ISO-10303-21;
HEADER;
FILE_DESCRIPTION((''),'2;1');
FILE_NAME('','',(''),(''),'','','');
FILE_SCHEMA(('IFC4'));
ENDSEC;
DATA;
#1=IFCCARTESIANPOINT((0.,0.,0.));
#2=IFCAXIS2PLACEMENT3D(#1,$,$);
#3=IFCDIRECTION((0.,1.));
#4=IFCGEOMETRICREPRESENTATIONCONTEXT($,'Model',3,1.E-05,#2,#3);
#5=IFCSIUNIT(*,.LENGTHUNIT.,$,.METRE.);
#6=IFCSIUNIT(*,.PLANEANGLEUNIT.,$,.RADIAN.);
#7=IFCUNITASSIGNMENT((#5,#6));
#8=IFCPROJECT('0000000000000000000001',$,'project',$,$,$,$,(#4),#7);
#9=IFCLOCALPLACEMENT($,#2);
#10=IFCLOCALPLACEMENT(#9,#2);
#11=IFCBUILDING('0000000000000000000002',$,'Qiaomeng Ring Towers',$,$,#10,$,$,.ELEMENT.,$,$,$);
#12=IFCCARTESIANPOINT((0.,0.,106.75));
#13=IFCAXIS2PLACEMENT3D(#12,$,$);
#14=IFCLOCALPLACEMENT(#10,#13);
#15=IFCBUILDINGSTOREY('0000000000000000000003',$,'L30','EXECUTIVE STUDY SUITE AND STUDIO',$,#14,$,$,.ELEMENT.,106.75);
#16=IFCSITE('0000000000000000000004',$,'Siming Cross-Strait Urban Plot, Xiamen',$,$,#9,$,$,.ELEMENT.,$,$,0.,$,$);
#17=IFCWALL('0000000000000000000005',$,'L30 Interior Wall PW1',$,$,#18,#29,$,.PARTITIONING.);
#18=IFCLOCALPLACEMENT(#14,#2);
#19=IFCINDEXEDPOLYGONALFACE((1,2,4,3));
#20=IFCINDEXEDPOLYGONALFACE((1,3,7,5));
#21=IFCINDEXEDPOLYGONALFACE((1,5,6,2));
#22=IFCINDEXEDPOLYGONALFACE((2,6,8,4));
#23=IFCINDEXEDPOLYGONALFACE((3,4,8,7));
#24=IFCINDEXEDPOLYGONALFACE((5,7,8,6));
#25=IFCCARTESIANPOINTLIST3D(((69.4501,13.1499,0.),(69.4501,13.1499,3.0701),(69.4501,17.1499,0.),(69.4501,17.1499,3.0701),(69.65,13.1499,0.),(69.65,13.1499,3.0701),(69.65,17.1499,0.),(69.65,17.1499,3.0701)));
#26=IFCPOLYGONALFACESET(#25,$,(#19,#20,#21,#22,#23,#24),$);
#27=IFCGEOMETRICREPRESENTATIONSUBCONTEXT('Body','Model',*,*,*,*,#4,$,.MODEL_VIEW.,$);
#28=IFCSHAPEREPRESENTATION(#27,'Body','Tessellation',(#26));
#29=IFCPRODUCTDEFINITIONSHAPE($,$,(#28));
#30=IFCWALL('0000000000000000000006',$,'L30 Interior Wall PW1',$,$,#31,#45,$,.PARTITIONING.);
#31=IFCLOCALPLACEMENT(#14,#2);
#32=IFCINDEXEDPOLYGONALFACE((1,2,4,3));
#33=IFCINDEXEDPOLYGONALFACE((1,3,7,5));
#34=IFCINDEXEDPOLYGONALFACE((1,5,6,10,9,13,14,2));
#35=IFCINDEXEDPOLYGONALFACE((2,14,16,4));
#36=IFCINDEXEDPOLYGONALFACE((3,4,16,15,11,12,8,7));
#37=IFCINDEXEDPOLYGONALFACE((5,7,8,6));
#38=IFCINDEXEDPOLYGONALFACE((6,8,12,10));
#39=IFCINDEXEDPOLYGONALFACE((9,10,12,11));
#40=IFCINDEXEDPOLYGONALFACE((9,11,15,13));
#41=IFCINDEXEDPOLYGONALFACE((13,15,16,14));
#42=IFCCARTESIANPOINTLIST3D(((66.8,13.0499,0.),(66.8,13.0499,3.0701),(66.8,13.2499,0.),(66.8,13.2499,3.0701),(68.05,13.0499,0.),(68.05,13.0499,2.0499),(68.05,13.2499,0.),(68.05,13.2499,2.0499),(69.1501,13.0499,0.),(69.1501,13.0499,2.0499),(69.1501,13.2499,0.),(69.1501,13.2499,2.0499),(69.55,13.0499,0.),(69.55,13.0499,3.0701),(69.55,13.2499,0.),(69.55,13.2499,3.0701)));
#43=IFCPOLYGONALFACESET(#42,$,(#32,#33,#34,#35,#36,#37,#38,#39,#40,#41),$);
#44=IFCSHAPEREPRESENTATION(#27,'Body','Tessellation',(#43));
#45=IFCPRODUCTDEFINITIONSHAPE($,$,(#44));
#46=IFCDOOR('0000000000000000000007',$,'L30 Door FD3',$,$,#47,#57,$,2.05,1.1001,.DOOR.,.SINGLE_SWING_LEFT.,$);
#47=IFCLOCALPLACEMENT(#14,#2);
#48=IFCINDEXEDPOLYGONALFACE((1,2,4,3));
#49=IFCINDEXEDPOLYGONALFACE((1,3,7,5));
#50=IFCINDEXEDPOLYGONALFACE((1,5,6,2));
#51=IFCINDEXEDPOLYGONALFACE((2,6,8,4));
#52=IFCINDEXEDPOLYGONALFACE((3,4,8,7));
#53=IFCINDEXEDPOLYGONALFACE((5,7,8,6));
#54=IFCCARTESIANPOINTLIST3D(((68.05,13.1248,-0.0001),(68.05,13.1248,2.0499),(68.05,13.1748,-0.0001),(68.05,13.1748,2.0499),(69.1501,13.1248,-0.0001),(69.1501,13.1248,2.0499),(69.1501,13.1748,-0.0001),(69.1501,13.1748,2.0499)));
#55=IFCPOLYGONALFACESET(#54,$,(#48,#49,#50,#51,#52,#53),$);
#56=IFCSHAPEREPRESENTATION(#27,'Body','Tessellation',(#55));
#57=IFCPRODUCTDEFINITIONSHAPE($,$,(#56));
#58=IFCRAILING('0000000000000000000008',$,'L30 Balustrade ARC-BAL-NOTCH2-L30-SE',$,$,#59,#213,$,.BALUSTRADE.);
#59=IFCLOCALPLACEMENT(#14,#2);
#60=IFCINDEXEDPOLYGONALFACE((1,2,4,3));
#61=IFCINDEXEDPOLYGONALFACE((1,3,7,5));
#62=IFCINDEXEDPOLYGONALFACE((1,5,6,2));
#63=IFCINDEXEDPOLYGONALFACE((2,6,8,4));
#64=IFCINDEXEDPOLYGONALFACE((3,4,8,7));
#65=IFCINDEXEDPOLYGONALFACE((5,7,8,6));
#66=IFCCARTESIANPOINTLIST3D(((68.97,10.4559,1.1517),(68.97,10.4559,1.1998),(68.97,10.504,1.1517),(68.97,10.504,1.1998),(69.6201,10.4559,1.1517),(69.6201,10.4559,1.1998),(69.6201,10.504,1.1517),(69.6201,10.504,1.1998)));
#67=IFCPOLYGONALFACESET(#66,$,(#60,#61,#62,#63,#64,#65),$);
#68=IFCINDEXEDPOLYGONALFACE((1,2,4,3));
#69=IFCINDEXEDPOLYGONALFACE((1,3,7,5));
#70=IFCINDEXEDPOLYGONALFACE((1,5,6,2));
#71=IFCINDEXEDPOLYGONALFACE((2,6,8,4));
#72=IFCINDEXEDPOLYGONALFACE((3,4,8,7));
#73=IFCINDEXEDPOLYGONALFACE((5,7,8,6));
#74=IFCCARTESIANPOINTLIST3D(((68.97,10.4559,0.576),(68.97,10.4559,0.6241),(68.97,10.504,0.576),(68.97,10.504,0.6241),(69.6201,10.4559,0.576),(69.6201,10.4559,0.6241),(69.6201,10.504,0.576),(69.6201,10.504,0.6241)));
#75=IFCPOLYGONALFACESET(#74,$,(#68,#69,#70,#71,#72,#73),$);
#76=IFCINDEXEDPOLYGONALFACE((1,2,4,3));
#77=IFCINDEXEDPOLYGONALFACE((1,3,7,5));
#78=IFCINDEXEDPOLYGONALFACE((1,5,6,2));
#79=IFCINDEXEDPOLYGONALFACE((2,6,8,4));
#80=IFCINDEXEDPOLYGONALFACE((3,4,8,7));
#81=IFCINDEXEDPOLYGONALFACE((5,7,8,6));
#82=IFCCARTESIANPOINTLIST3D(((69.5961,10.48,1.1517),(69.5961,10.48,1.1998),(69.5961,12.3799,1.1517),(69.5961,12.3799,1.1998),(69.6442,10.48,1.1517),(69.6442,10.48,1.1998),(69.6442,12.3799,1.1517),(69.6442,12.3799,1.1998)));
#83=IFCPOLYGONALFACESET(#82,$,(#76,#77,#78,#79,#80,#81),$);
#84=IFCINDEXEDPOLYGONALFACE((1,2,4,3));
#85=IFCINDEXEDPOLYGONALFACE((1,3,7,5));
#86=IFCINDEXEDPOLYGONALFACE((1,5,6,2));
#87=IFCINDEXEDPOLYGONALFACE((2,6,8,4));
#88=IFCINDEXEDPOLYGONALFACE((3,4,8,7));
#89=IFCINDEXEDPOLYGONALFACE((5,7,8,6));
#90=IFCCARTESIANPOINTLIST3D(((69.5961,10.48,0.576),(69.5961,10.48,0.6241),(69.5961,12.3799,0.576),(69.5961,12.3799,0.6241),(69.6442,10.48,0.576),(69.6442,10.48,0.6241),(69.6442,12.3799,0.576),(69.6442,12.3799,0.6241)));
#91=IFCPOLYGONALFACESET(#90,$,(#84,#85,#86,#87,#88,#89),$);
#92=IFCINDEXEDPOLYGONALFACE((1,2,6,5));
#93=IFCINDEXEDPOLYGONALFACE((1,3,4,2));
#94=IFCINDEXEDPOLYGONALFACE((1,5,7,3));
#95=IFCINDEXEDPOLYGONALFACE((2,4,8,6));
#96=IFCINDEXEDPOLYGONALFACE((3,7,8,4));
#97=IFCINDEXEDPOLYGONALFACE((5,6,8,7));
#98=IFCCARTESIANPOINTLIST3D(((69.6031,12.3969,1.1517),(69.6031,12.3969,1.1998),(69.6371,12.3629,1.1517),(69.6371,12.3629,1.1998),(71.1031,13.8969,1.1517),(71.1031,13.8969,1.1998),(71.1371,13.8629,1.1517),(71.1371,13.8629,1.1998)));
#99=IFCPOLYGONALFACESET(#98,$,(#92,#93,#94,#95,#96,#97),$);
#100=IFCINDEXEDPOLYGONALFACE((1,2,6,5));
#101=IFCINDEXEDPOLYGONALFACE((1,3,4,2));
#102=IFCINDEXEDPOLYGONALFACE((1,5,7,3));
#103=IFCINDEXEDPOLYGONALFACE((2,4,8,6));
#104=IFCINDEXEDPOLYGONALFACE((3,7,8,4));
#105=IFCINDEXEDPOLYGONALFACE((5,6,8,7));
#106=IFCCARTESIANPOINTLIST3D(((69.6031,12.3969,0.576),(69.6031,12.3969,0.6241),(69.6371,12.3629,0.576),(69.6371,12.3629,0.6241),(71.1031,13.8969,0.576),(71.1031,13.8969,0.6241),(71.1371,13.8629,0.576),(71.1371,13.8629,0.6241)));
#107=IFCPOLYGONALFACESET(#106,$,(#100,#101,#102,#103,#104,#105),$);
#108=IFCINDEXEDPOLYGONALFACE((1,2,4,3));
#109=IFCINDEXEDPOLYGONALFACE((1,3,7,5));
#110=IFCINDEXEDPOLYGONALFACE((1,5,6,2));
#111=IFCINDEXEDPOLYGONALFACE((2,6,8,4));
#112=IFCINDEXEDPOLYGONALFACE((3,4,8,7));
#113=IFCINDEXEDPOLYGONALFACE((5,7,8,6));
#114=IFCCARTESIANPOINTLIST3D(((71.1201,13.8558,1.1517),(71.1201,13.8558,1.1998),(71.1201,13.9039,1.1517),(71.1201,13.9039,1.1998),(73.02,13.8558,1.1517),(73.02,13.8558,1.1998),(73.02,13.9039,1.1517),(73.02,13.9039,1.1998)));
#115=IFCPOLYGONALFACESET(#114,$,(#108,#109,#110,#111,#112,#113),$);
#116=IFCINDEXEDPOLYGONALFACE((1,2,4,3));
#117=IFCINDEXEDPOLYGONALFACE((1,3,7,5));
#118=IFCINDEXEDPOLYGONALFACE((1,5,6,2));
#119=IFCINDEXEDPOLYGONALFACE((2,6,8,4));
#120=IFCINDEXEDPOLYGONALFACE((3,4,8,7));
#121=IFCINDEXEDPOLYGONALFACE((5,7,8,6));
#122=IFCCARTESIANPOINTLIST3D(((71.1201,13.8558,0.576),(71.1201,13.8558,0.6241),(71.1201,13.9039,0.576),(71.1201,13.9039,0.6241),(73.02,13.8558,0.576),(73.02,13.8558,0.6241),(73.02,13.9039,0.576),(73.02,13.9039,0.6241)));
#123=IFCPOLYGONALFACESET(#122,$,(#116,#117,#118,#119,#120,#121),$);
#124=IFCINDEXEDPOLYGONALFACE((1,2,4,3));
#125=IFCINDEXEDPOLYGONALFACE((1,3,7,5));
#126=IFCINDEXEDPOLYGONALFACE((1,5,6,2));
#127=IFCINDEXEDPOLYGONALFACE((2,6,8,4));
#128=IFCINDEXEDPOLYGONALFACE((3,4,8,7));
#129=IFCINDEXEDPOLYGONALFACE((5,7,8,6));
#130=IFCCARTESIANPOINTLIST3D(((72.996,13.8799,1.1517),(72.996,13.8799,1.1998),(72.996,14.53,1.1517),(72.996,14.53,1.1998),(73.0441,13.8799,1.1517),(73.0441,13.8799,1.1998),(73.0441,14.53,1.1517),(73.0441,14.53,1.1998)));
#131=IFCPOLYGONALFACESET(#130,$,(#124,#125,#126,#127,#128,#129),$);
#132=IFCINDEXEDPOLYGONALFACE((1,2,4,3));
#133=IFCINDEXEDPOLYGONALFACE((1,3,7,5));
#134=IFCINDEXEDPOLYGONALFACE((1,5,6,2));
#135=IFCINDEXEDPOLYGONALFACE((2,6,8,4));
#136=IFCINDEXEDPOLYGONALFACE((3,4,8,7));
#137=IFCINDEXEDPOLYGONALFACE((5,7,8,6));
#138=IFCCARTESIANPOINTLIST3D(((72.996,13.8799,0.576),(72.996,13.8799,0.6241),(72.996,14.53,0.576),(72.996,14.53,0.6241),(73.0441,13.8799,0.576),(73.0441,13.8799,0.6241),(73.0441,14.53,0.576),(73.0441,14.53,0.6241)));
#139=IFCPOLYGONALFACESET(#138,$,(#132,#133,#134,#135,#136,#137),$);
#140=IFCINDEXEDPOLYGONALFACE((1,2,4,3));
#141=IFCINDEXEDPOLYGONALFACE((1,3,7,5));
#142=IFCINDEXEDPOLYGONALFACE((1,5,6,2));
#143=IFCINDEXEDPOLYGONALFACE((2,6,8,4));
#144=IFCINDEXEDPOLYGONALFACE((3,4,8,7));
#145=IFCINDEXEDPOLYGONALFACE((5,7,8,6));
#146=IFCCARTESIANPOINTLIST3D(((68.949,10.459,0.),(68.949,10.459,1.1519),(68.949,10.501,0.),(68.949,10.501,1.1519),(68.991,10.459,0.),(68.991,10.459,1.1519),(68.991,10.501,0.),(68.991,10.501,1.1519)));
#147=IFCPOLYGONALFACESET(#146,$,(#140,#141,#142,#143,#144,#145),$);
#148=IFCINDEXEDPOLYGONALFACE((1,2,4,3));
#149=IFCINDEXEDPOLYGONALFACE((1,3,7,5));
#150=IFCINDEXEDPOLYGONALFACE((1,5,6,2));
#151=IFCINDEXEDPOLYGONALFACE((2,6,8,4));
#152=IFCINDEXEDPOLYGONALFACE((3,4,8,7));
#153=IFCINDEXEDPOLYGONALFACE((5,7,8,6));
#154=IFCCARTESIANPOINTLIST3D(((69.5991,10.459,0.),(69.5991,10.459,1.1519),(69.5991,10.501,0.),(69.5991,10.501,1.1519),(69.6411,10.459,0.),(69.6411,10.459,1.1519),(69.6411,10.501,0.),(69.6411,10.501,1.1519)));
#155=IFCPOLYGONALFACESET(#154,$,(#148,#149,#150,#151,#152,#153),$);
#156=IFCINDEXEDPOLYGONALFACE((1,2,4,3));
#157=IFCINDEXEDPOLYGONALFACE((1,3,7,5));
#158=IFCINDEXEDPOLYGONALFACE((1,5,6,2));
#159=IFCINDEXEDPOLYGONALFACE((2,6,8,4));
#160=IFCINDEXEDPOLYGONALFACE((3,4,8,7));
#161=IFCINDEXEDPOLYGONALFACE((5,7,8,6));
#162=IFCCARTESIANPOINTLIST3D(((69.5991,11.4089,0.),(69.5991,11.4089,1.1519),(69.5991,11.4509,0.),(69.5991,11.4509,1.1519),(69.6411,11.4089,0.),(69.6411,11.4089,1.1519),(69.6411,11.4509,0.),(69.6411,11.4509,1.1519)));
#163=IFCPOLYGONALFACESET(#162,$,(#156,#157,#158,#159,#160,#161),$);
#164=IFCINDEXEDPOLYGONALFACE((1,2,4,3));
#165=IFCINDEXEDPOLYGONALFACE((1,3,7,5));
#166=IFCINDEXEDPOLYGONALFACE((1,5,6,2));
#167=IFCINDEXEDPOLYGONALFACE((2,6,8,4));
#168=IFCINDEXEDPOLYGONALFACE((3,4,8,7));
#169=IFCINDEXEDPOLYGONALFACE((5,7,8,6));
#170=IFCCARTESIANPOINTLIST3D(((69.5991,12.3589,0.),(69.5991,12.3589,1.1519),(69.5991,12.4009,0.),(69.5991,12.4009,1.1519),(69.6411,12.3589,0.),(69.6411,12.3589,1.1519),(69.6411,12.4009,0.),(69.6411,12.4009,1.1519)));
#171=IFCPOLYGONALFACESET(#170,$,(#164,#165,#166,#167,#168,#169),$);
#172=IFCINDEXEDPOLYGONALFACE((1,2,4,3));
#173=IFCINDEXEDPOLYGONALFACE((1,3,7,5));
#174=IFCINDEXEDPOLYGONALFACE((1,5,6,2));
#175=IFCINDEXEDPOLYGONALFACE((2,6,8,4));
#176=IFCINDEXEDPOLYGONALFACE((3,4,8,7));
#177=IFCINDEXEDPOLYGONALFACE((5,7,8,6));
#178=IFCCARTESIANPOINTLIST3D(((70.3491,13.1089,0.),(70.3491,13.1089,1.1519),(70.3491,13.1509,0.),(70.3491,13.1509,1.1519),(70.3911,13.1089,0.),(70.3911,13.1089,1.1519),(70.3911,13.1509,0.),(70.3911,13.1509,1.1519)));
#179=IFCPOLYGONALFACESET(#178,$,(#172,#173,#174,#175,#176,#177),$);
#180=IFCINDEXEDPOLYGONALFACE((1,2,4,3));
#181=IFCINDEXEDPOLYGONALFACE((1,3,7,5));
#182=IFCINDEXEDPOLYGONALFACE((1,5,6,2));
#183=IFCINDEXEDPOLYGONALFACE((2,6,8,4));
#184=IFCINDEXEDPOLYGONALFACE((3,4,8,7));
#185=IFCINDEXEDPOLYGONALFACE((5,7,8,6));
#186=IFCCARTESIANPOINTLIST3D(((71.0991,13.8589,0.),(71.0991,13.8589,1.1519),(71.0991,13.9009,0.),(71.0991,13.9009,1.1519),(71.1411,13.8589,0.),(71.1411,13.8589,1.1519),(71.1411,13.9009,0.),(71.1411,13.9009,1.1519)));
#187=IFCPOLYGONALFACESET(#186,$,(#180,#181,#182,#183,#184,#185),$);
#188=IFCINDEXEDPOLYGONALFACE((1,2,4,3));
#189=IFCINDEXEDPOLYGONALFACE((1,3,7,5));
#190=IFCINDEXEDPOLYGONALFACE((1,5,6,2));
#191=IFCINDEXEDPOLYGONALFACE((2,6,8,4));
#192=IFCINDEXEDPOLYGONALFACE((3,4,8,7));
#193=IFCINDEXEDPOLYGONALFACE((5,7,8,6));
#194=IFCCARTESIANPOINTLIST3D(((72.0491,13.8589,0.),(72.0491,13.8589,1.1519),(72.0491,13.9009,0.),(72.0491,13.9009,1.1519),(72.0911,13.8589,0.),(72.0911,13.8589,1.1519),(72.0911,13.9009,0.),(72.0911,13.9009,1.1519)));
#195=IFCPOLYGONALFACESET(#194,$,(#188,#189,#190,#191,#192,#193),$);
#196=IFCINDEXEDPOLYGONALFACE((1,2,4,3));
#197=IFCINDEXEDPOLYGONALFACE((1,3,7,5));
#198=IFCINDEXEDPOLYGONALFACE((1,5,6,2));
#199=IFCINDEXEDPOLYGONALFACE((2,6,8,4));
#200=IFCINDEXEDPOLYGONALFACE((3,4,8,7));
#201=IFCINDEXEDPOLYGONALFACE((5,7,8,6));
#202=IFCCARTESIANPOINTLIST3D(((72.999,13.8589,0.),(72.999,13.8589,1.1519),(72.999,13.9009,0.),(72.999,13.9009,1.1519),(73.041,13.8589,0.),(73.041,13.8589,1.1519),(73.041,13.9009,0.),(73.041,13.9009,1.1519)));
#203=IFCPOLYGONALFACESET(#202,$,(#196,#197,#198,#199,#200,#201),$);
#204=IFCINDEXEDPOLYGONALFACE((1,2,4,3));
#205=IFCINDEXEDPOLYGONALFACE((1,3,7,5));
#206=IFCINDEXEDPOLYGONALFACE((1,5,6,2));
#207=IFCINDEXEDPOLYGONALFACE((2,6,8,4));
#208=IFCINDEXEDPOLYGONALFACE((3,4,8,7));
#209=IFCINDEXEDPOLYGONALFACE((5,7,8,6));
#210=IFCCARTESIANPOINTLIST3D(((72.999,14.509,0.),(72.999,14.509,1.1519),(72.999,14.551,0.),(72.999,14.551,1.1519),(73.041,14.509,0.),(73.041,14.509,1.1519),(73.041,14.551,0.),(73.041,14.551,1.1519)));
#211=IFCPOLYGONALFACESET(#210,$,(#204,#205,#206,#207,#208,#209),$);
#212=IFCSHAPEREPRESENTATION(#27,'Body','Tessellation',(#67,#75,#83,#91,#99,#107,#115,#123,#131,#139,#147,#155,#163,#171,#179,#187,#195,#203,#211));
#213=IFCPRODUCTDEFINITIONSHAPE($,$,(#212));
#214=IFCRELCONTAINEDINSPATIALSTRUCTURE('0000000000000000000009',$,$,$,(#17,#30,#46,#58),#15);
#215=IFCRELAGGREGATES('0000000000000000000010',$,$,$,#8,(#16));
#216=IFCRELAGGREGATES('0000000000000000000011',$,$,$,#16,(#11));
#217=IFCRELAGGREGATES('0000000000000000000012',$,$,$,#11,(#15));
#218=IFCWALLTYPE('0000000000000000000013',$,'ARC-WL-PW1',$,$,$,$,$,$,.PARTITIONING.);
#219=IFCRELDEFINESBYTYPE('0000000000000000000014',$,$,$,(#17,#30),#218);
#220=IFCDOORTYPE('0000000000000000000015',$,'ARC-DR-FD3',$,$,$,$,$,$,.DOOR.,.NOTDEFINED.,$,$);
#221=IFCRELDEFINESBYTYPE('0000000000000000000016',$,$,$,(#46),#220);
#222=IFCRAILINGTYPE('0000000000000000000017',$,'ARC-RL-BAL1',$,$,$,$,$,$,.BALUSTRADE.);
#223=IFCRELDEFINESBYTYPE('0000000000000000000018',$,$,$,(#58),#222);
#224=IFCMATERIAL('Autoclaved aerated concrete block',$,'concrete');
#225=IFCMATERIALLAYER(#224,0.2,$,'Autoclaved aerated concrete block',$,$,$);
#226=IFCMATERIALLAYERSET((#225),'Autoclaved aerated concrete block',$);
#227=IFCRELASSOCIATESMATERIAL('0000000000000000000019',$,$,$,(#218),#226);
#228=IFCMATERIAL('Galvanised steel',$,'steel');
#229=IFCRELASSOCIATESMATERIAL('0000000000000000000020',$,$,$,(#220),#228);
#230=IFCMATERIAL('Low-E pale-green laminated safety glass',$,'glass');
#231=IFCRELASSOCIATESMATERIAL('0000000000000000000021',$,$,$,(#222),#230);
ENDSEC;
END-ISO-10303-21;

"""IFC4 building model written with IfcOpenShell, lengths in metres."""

from ifc_helpers import new_model, si_unit, direction, frame, frame_2d, origin, origin_2d, place, context, subcontext, project, spatial, rectangle, extrude, source, transform, mapped, material, layer, layer_set, type_object, element, fill, save


model = new_model("IFC4")

# Units and contexts
model_context = context("Model", 3, precision=1e-05, world=origin(), true_north=direction((0.0, 1.0)))
body_context = subcontext(model_context, "Body", "Model", "MODEL_VIEW")
ifc_project = project(units=[si_unit("LENGTHUNIT", "METRE"), si_unit("PLANEANGLEUNIT", "RADIAN")], contexts=[model_context])

# Site, building, storey
site_placement = place(None, origin())
site = spatial("IfcSite", under=ifc_project, at=site_placement, Name="Siming Cross-Strait Urban Plot, Xiamen", CompositionType="ELEMENT", RefElevation=0.0)
building_placement = place(site_placement, origin())
building = spatial("IfcBuilding", under=site, at=building_placement, Name="Qiaomeng Ring Towers", CompositionType="ELEMENT")
storey_placement = place(building_placement, frame((0.0, 0.0, 106.75)))
storey = spatial("IfcBuildingStorey", under=building, at=storey_placement, Name="L30", Description="EXECUTIVE STUDY SUITE AND STUDIO", CompositionType="ELEMENT", Elevation=106.75)

# Wall
ifc_material_1 = material(Name="Autoclaved aerated concrete block", Category="concrete")
ifc_layer_1 = layer(ifc_material_1, 0.2, Name="Autoclaved aerated concrete block")
ifc_layer_set_1 = layer_set([ifc_layer_1], Name="Autoclaved aerated concrete block")
wall_type_1 = type_object("IfcWallType", Name="ARC-WL-PW1", PredefinedType="PARTITIONING", material=ifc_layer_set_1)
wall_1_placement = place(storey_placement, frame((69.55, 13.1499, 0.0), z_axis=(0.0, 0.0, 1.0), x_axis=(0.0, 1.0, 0.0)))
element("IfcWall", 1, at=wall_1_placement, inside=storey, type_object=wall_type_1, Name="L30 Interior Wall PW1", PredefinedType="PARTITIONING", context=body_context, shape_type="SweptSolid", body=[
    extrude(rectangle(XDim=4.0, YDim=0.2, at=frame_2d((2.0, 0.0))), origin(), (0.0, 0.0, 1.0), 3.0701),
])

# Wall, opening, door
wall_2_placement = place(storey_placement, frame((66.8, 13.1499, 0.0), z_axis=(0.0, 0.0, 1.0), x_axis=(1.0, 0.0, 0.0)))
wall_2 = element("IfcWall", 2, at=wall_2_placement, inside=storey, type_object=wall_type_1, Name="L30 Interior Wall PW1", PredefinedType="PARTITIONING", context=body_context, shape_type="SweptSolid", body=[
    extrude(rectangle(XDim=2.75, YDim=0.2, at=frame_2d((1.375, 0.0))), origin(), (0.0, 0.0, 1.0), 3.0701),
])
opening_1_placement = place(wall_2_placement, frame((1.25, 0.0, 0.0)))
opening_1 = element("IfcOpeningElement", 3, at=opening_1_placement, cuts=wall_2, PredefinedType="OPENING", context=body_context, shape_type="SweptSolid", body=[
    extrude(rectangle(XDim=1.1001, YDim=2.05, at=frame_2d((0.55, 1.0249))), frame((0.0, 0.1099, 0.0), z_axis=(0.0, -1.0, 0.0), x_axis=(1.0, 0.0, 0.0)), (0.0, 0.0, 1.0), 0.22),
])
ifc_material_2 = material(Name="Galvanised steel", Category="steel")
door_type_1 = type_object("IfcDoorType", Name="ARC-DR-FD3", OperationType="NOTDEFINED", PredefinedType="DOOR", material=ifc_material_2)
shared_shape_1 = source(origin(), body_context, "Body", "SweptSolid", [
    extrude(rectangle(XDim=1.1001, YDim=2.05, at=frame_2d((0.55, 1.0249))), frame((0.0, 0.0249, 0.0), z_axis=(0.0, -1.0, 0.0), x_axis=(1.0, 0.0, 0.0)), (0.0, 0.0, 1.0), 0.05),
])
door_1_placement = place(opening_1_placement, origin())
door_1 = element("IfcDoor", 4, at=door_1_placement, inside=storey, type_object=door_type_1, Name="L30 Door FD3", OperationType="SINGLE_SWING_LEFT", OverallHeight=2.05, OverallWidth=1.1001, PredefinedType="DOOR", context=body_context, shape_type="MappedRepresentation", body=[
    mapped(shared_shape_1, transform((0.0, 0.0, 0.0), x_axis=(1.0, 0.0, 0.0), y_axis=(0.0, 1.0, 0.0), z_axis=(0.0, 0.0, 1.0), scale=1.0)),
])
fill(opening_1, door_1)

# Railing
ifc_material_3 = material(Name="Low-E pale-green laminated safety glass", Category="glass")
railing_type = type_object("IfcRailingType", Name="ARC-RL-BAL1", PredefinedType="BALUSTRADE", material=ifc_material_3)
railing_placement = place(storey_placement, frame((68.97, 10.48, 0.0)))
element("IfcRailing", 5, at=railing_placement, inside=storey, type_object=railing_type, Name="L30 Balustrade ARC-BAL-NOTCH2-L30-SE", PredefinedType="BALUSTRADE", context=body_context, shape_type="SweptSolid", body=[
    extrude(rectangle(XDim=0.0481, YDim=0.0481, at=origin_2d()), frame((0.0, 0.0, 1.1758), z_axis=(1.0, 0.0, 0.0), x_axis=(0.0, 1.0, 0.0)), (0.0, 0.0, 1.0), 0.6501),
    extrude(rectangle(XDim=0.0481, YDim=0.0481, at=origin_2d()), frame((0.0, 0.0, 0.6001), z_axis=(1.0, 0.0, 0.0), x_axis=(0.0, 1.0, 0.0)), (0.0, 0.0, 1.0), 0.6501),
    extrude(rectangle(XDim=0.0481, YDim=0.0481, at=origin_2d()), frame((0.6501, 0.0, 1.1758), z_axis=(0.0, 1.0, 0.0), x_axis=(-1.0, 0.0, 0.0)), (0.0, 0.0, 1.0), 1.8999),
    extrude(rectangle(XDim=0.0481, YDim=0.0481, at=origin_2d()), frame((0.6501, 0.0, 0.6001), z_axis=(0.0, 1.0, 0.0), x_axis=(-1.0, 0.0, 0.0)), (0.0, 0.0, 1.0), 1.8999),
    extrude(rectangle(XDim=0.0481, YDim=0.0481, at=origin_2d()), frame((0.6501, 1.8999, 1.1758), z_axis=(0.707107, 0.707107, 0.0), x_axis=(-0.707107, 0.707107, 0.0)), (0.0, 0.0, 1.0), 2.1213),
    extrude(rectangle(XDim=0.0481, YDim=0.0481, at=origin_2d()), frame((0.6501, 1.8999, 0.6001), z_axis=(0.707107, 0.707107, 0.0), x_axis=(-0.707107, 0.707107, 0.0)), (0.0, 0.0, 1.0), 2.1213),
    extrude(rectangle(XDim=0.0481, YDim=0.0481, at=origin_2d()), frame((2.1501, 3.3999, 1.1758), z_axis=(1.0, 0.0, 0.0), x_axis=(0.0, 1.0, 0.0)), (0.0, 0.0, 1.0), 1.8999),
    extrude(rectangle(XDim=0.0481, YDim=0.0481, at=origin_2d()), frame((2.1501, 3.3999, 0.6001), z_axis=(1.0, 0.0, 0.0), x_axis=(0.0, 1.0, 0.0)), (0.0, 0.0, 1.0), 1.8999),
    extrude(rectangle(XDim=0.0481, YDim=0.0481, at=origin_2d()), frame((4.05, 3.3999, 1.1758), z_axis=(0.0, 1.0, 0.0), x_axis=(-1.0, 0.0, 0.0)), (0.0, 0.0, 1.0), 0.6501),
    extrude(rectangle(XDim=0.0481, YDim=0.0481, at=origin_2d()), frame((4.05, 3.3999, 0.6001), z_axis=(0.0, 1.0, 0.0), x_axis=(-1.0, 0.0, 0.0)), (0.0, 0.0, 1.0), 0.6501),
    extrude(rectangle(XDim=0.042, YDim=0.042, at=origin_2d()), origin(), (0.0, 0.0, 1.0), 1.1519),
    extrude(rectangle(XDim=0.042, YDim=0.042, at=origin_2d()), frame((0.6501, 0.0, 0.0)), (0.0, 0.0, 1.0), 1.1519),
    extrude(rectangle(XDim=0.042, YDim=0.042, at=origin_2d()), frame((0.6501, 0.95, 0.0)), (0.0, 0.0, 1.0), 1.1519),
    extrude(rectangle(XDim=0.042, YDim=0.042, at=origin_2d()), frame((0.6501, 1.8999, 0.0)), (0.0, 0.0, 1.0), 1.1519),
    extrude(rectangle(XDim=0.042, YDim=0.042, at=origin_2d()), frame((1.4001, 2.6499, 0.0)), (0.0, 0.0, 1.0), 1.1519),
    extrude(rectangle(XDim=0.042, YDim=0.042, at=origin_2d()), frame((2.1501, 3.3999, 0.0)), (0.0, 0.0, 1.0), 1.1519),
    extrude(rectangle(XDim=0.042, YDim=0.042, at=origin_2d()), frame((3.1001, 3.3999, 0.0)), (0.0, 0.0, 1.0), 1.1519),
    extrude(rectangle(XDim=0.042, YDim=0.042, at=origin_2d()), frame((4.05, 3.3999, 0.0)), (0.0, 0.0, 1.0), 1.1519),
    extrude(rectangle(XDim=0.042, YDim=0.042, at=origin_2d()), frame((4.05, 4.05, 0.0)), (0.0, 0.0, 1.0), 1.1519),
])

save(model, "model.ifc")
